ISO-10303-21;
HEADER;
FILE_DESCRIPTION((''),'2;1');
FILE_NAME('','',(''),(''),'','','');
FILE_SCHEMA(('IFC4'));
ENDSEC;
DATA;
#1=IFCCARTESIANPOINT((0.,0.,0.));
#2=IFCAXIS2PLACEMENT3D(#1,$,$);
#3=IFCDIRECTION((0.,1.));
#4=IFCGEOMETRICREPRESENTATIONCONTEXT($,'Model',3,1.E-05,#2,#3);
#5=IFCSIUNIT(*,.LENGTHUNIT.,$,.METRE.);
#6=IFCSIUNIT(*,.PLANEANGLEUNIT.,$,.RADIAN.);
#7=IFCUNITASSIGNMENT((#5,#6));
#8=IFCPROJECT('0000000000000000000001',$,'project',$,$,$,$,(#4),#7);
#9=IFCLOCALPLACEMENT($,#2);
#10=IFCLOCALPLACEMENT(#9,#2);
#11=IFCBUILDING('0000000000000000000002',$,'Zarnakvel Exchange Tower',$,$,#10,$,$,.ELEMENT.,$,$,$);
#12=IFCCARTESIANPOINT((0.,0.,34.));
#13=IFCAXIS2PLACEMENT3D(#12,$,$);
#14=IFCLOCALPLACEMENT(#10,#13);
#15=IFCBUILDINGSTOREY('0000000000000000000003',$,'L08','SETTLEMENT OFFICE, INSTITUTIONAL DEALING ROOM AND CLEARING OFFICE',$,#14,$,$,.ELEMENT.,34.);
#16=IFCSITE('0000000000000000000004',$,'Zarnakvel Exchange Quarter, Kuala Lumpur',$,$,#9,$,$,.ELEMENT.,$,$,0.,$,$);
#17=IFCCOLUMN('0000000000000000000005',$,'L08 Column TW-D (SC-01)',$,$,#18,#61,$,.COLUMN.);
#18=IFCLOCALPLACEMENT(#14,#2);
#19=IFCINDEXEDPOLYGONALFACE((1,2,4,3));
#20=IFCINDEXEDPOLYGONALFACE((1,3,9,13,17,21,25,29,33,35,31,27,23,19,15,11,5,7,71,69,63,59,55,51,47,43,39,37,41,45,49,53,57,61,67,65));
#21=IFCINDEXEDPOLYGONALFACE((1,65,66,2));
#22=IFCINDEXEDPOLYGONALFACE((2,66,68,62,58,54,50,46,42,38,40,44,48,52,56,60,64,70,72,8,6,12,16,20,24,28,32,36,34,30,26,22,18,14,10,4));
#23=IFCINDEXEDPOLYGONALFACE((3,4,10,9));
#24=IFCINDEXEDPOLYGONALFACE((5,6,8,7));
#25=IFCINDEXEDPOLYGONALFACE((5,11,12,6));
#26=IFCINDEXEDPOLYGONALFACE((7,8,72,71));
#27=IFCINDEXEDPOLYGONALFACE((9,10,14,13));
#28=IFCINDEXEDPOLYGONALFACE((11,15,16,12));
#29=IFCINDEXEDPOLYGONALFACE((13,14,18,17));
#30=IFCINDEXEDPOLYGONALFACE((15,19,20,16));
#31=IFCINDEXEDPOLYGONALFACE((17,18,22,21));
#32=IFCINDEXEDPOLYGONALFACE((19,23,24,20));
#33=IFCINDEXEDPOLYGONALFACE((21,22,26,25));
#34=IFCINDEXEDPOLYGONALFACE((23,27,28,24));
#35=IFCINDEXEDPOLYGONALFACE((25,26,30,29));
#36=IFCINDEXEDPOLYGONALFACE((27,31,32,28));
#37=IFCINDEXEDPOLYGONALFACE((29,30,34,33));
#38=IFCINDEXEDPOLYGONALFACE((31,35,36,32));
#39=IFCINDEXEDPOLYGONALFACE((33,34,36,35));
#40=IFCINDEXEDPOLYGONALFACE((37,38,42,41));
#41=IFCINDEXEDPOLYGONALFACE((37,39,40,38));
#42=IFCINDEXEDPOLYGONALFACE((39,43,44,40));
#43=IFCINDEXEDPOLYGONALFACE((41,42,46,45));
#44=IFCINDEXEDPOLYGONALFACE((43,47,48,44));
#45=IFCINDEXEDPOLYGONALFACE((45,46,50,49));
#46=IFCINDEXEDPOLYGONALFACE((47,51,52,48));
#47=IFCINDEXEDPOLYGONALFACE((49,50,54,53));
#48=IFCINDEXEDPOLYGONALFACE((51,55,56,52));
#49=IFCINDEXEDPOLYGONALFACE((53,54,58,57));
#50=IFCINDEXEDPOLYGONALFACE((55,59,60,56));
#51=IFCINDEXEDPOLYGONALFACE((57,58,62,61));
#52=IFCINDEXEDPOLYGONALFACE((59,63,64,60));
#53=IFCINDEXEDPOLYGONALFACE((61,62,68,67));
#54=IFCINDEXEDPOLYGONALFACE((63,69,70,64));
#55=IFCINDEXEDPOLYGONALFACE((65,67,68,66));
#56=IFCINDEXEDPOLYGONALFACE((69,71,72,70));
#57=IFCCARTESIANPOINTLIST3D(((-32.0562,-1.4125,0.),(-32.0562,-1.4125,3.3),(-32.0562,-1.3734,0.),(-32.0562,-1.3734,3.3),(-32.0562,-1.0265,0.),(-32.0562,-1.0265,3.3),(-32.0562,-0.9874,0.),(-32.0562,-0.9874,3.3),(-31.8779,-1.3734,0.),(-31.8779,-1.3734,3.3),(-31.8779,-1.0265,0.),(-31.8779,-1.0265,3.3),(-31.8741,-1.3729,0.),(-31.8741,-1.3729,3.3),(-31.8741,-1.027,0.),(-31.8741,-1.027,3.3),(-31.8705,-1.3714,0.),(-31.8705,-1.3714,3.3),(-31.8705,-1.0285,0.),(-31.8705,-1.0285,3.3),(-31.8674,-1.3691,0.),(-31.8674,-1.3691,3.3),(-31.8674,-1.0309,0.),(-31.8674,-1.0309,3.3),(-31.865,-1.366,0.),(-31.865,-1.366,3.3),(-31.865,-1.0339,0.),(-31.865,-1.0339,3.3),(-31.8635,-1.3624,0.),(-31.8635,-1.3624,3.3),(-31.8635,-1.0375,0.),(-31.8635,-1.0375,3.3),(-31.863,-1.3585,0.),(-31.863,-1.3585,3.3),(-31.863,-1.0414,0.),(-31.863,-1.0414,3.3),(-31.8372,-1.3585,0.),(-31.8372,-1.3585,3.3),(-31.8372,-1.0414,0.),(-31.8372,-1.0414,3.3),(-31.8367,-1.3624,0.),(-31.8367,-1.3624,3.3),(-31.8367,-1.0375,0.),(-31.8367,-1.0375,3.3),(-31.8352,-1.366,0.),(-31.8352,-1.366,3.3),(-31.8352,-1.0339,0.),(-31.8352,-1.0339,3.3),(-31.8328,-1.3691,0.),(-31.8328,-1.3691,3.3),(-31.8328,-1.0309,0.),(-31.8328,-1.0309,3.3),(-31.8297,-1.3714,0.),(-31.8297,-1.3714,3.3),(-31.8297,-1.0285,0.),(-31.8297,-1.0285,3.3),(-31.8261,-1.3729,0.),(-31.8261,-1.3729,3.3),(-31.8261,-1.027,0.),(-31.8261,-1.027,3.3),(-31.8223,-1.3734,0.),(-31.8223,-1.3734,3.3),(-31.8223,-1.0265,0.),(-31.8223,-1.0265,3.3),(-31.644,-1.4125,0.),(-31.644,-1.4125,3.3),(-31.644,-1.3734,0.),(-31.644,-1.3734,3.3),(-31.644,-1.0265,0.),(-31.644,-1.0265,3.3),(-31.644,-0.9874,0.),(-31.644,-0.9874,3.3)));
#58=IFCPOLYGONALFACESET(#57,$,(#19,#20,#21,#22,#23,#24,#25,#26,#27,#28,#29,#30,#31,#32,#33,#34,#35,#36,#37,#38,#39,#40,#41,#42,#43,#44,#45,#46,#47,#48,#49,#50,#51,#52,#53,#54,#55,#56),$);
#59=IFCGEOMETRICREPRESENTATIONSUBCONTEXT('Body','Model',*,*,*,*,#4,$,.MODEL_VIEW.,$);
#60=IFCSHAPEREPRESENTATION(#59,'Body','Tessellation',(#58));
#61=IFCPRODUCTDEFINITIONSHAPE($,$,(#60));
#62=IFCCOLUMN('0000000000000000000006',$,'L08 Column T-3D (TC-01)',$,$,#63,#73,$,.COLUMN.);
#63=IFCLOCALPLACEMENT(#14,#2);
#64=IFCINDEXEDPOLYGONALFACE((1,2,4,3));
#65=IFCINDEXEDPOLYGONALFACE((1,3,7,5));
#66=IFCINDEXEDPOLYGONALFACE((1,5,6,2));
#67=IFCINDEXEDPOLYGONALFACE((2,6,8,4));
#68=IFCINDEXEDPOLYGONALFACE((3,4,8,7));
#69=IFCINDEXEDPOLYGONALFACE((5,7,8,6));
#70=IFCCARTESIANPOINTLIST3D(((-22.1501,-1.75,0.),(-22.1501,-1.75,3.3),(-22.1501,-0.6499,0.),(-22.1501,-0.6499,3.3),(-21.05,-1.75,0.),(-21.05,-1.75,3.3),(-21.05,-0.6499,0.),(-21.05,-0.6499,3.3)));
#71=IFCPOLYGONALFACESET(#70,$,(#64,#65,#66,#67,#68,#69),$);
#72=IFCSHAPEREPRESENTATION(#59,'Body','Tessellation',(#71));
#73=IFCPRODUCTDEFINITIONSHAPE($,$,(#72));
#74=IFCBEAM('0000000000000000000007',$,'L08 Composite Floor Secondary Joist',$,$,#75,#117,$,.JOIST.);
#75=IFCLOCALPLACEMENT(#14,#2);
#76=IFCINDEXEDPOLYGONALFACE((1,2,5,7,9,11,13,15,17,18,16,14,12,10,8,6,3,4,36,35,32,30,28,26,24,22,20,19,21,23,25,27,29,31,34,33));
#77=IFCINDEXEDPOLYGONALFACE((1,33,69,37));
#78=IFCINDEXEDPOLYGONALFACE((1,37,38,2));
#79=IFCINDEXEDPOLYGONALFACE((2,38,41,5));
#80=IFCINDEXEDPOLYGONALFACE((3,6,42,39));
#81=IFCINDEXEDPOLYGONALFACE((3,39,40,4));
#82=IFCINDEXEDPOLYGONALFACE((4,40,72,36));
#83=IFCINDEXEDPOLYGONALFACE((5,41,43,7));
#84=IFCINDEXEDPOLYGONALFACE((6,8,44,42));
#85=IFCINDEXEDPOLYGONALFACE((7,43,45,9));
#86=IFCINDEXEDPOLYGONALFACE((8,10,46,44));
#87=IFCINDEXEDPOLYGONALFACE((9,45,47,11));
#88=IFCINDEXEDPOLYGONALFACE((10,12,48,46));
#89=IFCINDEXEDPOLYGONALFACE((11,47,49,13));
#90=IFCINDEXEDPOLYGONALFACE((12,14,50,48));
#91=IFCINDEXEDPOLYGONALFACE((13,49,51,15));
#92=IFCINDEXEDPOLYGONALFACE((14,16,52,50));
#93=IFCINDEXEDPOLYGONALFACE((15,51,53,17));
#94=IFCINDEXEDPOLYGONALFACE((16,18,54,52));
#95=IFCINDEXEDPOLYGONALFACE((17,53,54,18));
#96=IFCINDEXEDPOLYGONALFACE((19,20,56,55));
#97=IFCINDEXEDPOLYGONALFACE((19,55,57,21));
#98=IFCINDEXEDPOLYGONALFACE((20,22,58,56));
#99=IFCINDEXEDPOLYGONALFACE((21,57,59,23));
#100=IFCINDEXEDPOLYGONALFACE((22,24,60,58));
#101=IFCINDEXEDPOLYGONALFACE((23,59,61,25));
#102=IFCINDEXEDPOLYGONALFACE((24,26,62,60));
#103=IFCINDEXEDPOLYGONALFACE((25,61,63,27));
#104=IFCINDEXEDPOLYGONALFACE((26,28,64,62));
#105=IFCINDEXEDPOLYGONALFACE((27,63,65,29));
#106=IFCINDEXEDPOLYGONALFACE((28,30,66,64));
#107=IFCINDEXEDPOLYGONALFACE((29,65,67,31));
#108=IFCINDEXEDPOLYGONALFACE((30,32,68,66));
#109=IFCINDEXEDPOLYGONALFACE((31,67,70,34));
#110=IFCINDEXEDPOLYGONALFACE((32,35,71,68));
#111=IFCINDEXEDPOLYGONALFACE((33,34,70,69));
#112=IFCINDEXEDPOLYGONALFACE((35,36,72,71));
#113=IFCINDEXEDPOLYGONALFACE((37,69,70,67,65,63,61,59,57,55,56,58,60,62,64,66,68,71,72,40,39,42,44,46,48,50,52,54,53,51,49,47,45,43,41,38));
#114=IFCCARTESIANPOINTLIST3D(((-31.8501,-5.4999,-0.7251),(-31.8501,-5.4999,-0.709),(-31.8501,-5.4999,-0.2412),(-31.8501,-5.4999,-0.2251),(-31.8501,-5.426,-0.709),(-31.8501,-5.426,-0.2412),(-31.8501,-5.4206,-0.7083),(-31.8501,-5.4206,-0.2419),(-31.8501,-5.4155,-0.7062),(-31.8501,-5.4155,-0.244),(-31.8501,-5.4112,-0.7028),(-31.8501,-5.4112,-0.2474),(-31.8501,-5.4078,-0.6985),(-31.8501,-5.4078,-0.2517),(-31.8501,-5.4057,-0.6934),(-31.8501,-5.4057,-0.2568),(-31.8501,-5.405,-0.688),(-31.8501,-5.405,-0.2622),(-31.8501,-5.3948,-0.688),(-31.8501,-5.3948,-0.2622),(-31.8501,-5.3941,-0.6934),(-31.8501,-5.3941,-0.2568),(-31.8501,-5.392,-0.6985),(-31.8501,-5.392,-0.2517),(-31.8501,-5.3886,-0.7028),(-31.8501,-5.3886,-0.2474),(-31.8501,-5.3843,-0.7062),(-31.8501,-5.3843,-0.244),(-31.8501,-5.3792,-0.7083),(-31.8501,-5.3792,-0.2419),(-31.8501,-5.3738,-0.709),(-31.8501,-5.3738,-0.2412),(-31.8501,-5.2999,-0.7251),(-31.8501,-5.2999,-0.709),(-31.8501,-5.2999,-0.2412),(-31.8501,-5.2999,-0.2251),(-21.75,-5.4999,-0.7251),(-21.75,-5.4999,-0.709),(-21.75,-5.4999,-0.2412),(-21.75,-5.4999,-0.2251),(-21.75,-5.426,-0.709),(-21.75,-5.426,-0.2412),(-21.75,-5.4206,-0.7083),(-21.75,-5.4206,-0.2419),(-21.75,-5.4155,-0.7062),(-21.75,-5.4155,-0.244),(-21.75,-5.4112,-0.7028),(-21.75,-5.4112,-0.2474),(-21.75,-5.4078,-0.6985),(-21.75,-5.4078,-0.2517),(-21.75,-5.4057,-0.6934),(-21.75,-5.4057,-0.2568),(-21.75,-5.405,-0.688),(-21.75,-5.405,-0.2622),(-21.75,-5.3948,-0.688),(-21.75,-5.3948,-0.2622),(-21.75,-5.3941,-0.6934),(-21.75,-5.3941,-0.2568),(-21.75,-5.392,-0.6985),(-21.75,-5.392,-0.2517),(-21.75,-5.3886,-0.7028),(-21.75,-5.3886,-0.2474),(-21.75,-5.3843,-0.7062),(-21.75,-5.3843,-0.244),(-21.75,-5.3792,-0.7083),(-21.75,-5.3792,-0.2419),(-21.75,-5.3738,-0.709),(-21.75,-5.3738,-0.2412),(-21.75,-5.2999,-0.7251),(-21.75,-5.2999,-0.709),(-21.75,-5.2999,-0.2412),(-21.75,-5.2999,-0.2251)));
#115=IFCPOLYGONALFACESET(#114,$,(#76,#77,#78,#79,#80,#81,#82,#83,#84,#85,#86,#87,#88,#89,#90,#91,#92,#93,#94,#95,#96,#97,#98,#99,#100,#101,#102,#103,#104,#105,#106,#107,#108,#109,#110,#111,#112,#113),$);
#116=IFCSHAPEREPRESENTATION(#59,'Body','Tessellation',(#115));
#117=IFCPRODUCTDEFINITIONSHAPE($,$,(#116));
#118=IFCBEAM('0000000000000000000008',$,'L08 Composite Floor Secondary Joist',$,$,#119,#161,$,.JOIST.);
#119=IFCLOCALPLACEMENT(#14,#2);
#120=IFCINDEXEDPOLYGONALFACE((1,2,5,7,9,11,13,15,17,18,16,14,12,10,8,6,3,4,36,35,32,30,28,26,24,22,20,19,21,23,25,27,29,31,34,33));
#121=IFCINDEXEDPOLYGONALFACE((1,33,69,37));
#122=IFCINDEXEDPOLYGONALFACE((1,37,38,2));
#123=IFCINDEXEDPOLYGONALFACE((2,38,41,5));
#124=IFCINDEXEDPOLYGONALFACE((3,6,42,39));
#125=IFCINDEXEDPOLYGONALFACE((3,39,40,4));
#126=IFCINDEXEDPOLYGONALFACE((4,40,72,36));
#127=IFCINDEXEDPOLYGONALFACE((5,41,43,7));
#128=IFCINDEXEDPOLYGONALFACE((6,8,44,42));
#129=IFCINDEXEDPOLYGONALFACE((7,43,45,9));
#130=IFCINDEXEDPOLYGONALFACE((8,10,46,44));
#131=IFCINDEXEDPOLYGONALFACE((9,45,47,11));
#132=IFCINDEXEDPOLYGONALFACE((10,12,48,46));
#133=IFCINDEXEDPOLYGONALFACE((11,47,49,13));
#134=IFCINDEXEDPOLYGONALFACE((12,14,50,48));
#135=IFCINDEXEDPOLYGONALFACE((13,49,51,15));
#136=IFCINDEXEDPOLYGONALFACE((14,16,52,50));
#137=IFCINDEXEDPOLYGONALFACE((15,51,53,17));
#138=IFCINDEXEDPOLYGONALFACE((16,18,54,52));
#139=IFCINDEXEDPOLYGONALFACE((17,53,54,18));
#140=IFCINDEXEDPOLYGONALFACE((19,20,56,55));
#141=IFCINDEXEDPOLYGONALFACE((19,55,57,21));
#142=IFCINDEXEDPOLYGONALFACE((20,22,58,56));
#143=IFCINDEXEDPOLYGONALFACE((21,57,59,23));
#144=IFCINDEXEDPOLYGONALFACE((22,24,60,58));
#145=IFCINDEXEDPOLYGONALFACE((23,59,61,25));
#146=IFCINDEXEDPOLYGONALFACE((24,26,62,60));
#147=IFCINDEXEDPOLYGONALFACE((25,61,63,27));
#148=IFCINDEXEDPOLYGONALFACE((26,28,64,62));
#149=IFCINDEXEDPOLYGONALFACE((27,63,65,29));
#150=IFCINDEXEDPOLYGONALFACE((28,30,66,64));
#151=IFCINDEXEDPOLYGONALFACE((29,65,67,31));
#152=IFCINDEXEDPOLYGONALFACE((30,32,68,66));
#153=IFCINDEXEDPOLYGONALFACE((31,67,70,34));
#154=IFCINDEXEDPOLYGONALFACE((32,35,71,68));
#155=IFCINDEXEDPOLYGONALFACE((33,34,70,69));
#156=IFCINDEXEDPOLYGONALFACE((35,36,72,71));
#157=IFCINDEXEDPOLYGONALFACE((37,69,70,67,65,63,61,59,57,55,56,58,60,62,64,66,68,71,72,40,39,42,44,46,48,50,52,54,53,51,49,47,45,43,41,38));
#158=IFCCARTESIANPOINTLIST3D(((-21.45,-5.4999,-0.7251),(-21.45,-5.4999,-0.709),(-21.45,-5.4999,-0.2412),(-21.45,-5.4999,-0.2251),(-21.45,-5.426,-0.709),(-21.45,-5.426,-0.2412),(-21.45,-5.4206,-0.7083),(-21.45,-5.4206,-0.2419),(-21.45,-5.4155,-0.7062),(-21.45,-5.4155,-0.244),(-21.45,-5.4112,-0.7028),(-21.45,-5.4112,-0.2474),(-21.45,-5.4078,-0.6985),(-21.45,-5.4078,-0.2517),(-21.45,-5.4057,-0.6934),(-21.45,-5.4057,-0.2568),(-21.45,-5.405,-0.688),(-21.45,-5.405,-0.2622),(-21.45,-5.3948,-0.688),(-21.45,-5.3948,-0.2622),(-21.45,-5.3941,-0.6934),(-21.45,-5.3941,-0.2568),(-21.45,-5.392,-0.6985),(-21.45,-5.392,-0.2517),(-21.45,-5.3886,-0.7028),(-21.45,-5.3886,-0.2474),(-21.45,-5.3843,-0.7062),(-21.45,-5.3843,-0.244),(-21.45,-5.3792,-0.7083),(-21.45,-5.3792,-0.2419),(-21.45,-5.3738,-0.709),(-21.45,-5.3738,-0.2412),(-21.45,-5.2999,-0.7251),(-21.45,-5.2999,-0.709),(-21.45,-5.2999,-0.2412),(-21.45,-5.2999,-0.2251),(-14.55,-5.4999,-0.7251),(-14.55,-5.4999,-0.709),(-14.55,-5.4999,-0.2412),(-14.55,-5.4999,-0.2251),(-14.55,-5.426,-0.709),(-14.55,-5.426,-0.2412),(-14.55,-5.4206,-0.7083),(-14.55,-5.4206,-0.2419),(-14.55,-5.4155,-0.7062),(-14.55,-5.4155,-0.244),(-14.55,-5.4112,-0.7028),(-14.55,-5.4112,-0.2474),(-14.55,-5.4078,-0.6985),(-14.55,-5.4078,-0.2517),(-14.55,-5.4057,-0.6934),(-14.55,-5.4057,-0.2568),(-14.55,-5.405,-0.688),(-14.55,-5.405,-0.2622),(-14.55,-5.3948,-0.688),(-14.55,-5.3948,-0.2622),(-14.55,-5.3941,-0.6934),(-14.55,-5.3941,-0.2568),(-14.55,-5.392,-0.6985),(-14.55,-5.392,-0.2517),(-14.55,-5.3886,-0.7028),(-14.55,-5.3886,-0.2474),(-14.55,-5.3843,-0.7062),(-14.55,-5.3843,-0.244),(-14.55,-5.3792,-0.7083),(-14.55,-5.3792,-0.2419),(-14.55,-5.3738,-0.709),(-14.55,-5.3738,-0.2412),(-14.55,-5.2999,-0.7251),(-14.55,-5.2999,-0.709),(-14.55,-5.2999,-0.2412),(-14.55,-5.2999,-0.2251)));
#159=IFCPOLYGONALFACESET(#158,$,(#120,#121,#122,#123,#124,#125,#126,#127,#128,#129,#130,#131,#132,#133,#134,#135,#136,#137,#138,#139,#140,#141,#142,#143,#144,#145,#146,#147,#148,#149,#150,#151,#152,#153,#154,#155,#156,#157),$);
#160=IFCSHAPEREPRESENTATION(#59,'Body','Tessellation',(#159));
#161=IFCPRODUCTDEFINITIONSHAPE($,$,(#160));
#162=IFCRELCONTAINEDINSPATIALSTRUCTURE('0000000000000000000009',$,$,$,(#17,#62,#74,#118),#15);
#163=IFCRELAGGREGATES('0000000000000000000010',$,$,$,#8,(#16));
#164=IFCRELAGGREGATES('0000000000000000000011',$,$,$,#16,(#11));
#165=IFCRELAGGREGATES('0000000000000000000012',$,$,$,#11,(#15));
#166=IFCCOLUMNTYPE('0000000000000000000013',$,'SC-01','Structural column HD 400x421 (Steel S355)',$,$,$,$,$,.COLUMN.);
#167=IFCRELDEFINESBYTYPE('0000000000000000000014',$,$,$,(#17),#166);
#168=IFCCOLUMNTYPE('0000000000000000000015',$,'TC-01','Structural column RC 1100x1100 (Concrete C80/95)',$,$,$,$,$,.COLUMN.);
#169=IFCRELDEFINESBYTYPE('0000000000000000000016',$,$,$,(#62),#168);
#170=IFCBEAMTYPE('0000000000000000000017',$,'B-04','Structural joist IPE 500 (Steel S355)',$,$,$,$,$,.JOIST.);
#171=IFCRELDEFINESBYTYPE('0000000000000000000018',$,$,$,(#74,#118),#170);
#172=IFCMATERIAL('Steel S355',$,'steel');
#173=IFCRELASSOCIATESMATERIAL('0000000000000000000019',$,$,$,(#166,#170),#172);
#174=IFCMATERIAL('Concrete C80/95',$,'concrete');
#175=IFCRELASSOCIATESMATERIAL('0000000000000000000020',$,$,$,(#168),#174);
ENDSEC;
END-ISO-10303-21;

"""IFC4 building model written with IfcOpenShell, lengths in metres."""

from ifc_helpers import new_model, si_unit, direction, frame, origin, origin_2d, place, context, subcontext, project, spatial, rectangle, i_section, extrude, material, material_profile, profile_set, type_object, element, save


model = new_model("IFC4")

# Units and contexts
model_context = context("Model", 3, precision=1e-05, world=origin(), true_north=direction((0.0, 1.0)))
body_context = subcontext(model_context, "Body", "Model", "MODEL_VIEW")
ifc_project = project(units=[si_unit("LENGTHUNIT", "METRE"), si_unit("PLANEANGLEUNIT", "RADIAN")], contexts=[model_context])

# Site, building, storey
site_placement = place(None, origin())
site = spatial("IfcSite", under=ifc_project, at=site_placement, Name="Zarnakvel Exchange Quarter, Kuala Lumpur", CompositionType="ELEMENT", RefElevation=0.0)
building_placement = place(site_placement, origin())
building = spatial("IfcBuilding", under=site, at=building_placement, Name="Zarnakvel Exchange Tower", CompositionType="ELEMENT")
storey_placement = place(building_placement, frame((0.0, 0.0, 34.0)))
storey = spatial("IfcBuildingStorey", under=building, at=storey_placement, Name="L08", Description="SETTLEMENT OFFICE, INSTITUTIONAL DEALING ROOM AND CLEARING OFFICE", CompositionType="ELEMENT", Elevation=34.0)

# Columns
ifc_material_1 = material(Name="Steel S355", Category="steel")
ifc_material_profile_1 = material_profile(ifc_material_1, i_section(OverallWidth=0.4121, OverallDepth=0.425, WebThickness=0.0259, FlangeThickness=0.0391, FilletRadius=0.0149, at=origin_2d()))
ifc_profile_set_1 = profile_set([ifc_material_profile_1], Name="Steel S355")
column_type_1 = type_object("IfcColumnType", Name="SC-01", Description="Structural column HD 400x421 (Steel S355)", PredefinedType="COLUMN", material=ifc_profile_set_1)
column_1_placement = place(storey_placement, frame((-31.8501, -1.2, 0.0), z_axis=(0.0, 0.0, 1.0), x_axis=(1.0, 0.0, 0.0)))
element("IfcColumn", 1, at=column_1_placement, inside=storey, type_object=column_type_1, Name="L08 Column TW-D (SC-01)", PredefinedType="COLUMN", context=body_context, shape_type="SweptSolid", body=[
    extrude(i_section(OverallWidth=0.4121, OverallDepth=0.425, WebThickness=0.0259, FlangeThickness=0.0391, FilletRadius=0.0149, at=origin_2d()), origin(), (0.0, 0.0, 1.0), 3.3),
])
ifc_material_2 = material(Name="Concrete C80/95", Category="concrete")
ifc_material_profile_2 = material_profile(ifc_material_2, rectangle(XDim=1.1001, YDim=1.1001, at=origin_2d()))
ifc_profile_set_2 = profile_set([ifc_material_profile_2], Name="Concrete C80/95")
column_type_2 = type_object("IfcColumnType", Name="TC-01", Description="Structural column RC 1100x1100 (Concrete C80/95)", PredefinedType="COLUMN", material=ifc_profile_set_2)
column_2_placement = place(storey_placement, frame((-21.6001, -1.2, 0.0), z_axis=(0.0, 0.0, 1.0), x_axis=(1.0, 0.0, 0.0)))
element("IfcColumn", 2, at=column_2_placement, inside=storey, type_object=column_type_2, Name="L08 Column T-3D (TC-01)", PredefinedType="COLUMN", context=body_context, shape_type="SweptSolid", body=[
    extrude(rectangle(XDim=1.1001, YDim=1.1001, at=origin_2d()), origin(), (0.0, 0.0, 1.0), 3.3),
])

# Beams
ifc_material_profile_3 = material_profile(ifc_material_1, i_section(OverallWidth=0.2, OverallDepth=0.5, WebThickness=0.0103, FlangeThickness=0.0161, FilletRadius=0.021, at=origin_2d()))
ifc_profile_set_3 = profile_set([ifc_material_profile_3], Name="Steel S355")
beam_type_1 = type_object("IfcBeamType", Name="B-04", Description="Structural joist IPE 500 (Steel S355)", PredefinedType="JOIST", material=ifc_profile_set_3)
beam_1_placement = place(storey_placement, frame((-31.8501, -5.3999, -0.4751), z_axis=(1.0, 0.0, 0.0), x_axis=(0.0, 1.0, 0.0)))
element("IfcBeam", 3, at=beam_1_placement, inside=storey, type_object=beam_type_1, Name="L08 Composite Floor Secondary Joist", PredefinedType="JOIST", context=body_context, shape_type="SweptSolid", body=[
    extrude(i_section(OverallWidth=0.2, OverallDepth=0.5, WebThickness=0.0103, FlangeThickness=0.0161, FilletRadius=0.021, at=origin_2d()), origin(), (0.0, 0.0, 1.0), 10.1001),
])
beam_2_placement = place(storey_placement, frame((-21.45, -5.3999, -0.4751), z_axis=(1.0, 0.0, 0.0), x_axis=(0.0, 1.0, 0.0)))
element("IfcBeam", 4, at=beam_2_placement, inside=storey, type_object=beam_type_1, Name="L08 Composite Floor Secondary Joist", PredefinedType="JOIST", context=body_context, shape_type="SweptSolid", body=[
    extrude(i_section(OverallWidth=0.2, OverallDepth=0.5, WebThickness=0.0103, FlangeThickness=0.0161, FilletRadius=0.021, at=origin_2d()), origin(), (0.0, 0.0, 1.0), 6.8999),
])

save(model, "model.ifc")
